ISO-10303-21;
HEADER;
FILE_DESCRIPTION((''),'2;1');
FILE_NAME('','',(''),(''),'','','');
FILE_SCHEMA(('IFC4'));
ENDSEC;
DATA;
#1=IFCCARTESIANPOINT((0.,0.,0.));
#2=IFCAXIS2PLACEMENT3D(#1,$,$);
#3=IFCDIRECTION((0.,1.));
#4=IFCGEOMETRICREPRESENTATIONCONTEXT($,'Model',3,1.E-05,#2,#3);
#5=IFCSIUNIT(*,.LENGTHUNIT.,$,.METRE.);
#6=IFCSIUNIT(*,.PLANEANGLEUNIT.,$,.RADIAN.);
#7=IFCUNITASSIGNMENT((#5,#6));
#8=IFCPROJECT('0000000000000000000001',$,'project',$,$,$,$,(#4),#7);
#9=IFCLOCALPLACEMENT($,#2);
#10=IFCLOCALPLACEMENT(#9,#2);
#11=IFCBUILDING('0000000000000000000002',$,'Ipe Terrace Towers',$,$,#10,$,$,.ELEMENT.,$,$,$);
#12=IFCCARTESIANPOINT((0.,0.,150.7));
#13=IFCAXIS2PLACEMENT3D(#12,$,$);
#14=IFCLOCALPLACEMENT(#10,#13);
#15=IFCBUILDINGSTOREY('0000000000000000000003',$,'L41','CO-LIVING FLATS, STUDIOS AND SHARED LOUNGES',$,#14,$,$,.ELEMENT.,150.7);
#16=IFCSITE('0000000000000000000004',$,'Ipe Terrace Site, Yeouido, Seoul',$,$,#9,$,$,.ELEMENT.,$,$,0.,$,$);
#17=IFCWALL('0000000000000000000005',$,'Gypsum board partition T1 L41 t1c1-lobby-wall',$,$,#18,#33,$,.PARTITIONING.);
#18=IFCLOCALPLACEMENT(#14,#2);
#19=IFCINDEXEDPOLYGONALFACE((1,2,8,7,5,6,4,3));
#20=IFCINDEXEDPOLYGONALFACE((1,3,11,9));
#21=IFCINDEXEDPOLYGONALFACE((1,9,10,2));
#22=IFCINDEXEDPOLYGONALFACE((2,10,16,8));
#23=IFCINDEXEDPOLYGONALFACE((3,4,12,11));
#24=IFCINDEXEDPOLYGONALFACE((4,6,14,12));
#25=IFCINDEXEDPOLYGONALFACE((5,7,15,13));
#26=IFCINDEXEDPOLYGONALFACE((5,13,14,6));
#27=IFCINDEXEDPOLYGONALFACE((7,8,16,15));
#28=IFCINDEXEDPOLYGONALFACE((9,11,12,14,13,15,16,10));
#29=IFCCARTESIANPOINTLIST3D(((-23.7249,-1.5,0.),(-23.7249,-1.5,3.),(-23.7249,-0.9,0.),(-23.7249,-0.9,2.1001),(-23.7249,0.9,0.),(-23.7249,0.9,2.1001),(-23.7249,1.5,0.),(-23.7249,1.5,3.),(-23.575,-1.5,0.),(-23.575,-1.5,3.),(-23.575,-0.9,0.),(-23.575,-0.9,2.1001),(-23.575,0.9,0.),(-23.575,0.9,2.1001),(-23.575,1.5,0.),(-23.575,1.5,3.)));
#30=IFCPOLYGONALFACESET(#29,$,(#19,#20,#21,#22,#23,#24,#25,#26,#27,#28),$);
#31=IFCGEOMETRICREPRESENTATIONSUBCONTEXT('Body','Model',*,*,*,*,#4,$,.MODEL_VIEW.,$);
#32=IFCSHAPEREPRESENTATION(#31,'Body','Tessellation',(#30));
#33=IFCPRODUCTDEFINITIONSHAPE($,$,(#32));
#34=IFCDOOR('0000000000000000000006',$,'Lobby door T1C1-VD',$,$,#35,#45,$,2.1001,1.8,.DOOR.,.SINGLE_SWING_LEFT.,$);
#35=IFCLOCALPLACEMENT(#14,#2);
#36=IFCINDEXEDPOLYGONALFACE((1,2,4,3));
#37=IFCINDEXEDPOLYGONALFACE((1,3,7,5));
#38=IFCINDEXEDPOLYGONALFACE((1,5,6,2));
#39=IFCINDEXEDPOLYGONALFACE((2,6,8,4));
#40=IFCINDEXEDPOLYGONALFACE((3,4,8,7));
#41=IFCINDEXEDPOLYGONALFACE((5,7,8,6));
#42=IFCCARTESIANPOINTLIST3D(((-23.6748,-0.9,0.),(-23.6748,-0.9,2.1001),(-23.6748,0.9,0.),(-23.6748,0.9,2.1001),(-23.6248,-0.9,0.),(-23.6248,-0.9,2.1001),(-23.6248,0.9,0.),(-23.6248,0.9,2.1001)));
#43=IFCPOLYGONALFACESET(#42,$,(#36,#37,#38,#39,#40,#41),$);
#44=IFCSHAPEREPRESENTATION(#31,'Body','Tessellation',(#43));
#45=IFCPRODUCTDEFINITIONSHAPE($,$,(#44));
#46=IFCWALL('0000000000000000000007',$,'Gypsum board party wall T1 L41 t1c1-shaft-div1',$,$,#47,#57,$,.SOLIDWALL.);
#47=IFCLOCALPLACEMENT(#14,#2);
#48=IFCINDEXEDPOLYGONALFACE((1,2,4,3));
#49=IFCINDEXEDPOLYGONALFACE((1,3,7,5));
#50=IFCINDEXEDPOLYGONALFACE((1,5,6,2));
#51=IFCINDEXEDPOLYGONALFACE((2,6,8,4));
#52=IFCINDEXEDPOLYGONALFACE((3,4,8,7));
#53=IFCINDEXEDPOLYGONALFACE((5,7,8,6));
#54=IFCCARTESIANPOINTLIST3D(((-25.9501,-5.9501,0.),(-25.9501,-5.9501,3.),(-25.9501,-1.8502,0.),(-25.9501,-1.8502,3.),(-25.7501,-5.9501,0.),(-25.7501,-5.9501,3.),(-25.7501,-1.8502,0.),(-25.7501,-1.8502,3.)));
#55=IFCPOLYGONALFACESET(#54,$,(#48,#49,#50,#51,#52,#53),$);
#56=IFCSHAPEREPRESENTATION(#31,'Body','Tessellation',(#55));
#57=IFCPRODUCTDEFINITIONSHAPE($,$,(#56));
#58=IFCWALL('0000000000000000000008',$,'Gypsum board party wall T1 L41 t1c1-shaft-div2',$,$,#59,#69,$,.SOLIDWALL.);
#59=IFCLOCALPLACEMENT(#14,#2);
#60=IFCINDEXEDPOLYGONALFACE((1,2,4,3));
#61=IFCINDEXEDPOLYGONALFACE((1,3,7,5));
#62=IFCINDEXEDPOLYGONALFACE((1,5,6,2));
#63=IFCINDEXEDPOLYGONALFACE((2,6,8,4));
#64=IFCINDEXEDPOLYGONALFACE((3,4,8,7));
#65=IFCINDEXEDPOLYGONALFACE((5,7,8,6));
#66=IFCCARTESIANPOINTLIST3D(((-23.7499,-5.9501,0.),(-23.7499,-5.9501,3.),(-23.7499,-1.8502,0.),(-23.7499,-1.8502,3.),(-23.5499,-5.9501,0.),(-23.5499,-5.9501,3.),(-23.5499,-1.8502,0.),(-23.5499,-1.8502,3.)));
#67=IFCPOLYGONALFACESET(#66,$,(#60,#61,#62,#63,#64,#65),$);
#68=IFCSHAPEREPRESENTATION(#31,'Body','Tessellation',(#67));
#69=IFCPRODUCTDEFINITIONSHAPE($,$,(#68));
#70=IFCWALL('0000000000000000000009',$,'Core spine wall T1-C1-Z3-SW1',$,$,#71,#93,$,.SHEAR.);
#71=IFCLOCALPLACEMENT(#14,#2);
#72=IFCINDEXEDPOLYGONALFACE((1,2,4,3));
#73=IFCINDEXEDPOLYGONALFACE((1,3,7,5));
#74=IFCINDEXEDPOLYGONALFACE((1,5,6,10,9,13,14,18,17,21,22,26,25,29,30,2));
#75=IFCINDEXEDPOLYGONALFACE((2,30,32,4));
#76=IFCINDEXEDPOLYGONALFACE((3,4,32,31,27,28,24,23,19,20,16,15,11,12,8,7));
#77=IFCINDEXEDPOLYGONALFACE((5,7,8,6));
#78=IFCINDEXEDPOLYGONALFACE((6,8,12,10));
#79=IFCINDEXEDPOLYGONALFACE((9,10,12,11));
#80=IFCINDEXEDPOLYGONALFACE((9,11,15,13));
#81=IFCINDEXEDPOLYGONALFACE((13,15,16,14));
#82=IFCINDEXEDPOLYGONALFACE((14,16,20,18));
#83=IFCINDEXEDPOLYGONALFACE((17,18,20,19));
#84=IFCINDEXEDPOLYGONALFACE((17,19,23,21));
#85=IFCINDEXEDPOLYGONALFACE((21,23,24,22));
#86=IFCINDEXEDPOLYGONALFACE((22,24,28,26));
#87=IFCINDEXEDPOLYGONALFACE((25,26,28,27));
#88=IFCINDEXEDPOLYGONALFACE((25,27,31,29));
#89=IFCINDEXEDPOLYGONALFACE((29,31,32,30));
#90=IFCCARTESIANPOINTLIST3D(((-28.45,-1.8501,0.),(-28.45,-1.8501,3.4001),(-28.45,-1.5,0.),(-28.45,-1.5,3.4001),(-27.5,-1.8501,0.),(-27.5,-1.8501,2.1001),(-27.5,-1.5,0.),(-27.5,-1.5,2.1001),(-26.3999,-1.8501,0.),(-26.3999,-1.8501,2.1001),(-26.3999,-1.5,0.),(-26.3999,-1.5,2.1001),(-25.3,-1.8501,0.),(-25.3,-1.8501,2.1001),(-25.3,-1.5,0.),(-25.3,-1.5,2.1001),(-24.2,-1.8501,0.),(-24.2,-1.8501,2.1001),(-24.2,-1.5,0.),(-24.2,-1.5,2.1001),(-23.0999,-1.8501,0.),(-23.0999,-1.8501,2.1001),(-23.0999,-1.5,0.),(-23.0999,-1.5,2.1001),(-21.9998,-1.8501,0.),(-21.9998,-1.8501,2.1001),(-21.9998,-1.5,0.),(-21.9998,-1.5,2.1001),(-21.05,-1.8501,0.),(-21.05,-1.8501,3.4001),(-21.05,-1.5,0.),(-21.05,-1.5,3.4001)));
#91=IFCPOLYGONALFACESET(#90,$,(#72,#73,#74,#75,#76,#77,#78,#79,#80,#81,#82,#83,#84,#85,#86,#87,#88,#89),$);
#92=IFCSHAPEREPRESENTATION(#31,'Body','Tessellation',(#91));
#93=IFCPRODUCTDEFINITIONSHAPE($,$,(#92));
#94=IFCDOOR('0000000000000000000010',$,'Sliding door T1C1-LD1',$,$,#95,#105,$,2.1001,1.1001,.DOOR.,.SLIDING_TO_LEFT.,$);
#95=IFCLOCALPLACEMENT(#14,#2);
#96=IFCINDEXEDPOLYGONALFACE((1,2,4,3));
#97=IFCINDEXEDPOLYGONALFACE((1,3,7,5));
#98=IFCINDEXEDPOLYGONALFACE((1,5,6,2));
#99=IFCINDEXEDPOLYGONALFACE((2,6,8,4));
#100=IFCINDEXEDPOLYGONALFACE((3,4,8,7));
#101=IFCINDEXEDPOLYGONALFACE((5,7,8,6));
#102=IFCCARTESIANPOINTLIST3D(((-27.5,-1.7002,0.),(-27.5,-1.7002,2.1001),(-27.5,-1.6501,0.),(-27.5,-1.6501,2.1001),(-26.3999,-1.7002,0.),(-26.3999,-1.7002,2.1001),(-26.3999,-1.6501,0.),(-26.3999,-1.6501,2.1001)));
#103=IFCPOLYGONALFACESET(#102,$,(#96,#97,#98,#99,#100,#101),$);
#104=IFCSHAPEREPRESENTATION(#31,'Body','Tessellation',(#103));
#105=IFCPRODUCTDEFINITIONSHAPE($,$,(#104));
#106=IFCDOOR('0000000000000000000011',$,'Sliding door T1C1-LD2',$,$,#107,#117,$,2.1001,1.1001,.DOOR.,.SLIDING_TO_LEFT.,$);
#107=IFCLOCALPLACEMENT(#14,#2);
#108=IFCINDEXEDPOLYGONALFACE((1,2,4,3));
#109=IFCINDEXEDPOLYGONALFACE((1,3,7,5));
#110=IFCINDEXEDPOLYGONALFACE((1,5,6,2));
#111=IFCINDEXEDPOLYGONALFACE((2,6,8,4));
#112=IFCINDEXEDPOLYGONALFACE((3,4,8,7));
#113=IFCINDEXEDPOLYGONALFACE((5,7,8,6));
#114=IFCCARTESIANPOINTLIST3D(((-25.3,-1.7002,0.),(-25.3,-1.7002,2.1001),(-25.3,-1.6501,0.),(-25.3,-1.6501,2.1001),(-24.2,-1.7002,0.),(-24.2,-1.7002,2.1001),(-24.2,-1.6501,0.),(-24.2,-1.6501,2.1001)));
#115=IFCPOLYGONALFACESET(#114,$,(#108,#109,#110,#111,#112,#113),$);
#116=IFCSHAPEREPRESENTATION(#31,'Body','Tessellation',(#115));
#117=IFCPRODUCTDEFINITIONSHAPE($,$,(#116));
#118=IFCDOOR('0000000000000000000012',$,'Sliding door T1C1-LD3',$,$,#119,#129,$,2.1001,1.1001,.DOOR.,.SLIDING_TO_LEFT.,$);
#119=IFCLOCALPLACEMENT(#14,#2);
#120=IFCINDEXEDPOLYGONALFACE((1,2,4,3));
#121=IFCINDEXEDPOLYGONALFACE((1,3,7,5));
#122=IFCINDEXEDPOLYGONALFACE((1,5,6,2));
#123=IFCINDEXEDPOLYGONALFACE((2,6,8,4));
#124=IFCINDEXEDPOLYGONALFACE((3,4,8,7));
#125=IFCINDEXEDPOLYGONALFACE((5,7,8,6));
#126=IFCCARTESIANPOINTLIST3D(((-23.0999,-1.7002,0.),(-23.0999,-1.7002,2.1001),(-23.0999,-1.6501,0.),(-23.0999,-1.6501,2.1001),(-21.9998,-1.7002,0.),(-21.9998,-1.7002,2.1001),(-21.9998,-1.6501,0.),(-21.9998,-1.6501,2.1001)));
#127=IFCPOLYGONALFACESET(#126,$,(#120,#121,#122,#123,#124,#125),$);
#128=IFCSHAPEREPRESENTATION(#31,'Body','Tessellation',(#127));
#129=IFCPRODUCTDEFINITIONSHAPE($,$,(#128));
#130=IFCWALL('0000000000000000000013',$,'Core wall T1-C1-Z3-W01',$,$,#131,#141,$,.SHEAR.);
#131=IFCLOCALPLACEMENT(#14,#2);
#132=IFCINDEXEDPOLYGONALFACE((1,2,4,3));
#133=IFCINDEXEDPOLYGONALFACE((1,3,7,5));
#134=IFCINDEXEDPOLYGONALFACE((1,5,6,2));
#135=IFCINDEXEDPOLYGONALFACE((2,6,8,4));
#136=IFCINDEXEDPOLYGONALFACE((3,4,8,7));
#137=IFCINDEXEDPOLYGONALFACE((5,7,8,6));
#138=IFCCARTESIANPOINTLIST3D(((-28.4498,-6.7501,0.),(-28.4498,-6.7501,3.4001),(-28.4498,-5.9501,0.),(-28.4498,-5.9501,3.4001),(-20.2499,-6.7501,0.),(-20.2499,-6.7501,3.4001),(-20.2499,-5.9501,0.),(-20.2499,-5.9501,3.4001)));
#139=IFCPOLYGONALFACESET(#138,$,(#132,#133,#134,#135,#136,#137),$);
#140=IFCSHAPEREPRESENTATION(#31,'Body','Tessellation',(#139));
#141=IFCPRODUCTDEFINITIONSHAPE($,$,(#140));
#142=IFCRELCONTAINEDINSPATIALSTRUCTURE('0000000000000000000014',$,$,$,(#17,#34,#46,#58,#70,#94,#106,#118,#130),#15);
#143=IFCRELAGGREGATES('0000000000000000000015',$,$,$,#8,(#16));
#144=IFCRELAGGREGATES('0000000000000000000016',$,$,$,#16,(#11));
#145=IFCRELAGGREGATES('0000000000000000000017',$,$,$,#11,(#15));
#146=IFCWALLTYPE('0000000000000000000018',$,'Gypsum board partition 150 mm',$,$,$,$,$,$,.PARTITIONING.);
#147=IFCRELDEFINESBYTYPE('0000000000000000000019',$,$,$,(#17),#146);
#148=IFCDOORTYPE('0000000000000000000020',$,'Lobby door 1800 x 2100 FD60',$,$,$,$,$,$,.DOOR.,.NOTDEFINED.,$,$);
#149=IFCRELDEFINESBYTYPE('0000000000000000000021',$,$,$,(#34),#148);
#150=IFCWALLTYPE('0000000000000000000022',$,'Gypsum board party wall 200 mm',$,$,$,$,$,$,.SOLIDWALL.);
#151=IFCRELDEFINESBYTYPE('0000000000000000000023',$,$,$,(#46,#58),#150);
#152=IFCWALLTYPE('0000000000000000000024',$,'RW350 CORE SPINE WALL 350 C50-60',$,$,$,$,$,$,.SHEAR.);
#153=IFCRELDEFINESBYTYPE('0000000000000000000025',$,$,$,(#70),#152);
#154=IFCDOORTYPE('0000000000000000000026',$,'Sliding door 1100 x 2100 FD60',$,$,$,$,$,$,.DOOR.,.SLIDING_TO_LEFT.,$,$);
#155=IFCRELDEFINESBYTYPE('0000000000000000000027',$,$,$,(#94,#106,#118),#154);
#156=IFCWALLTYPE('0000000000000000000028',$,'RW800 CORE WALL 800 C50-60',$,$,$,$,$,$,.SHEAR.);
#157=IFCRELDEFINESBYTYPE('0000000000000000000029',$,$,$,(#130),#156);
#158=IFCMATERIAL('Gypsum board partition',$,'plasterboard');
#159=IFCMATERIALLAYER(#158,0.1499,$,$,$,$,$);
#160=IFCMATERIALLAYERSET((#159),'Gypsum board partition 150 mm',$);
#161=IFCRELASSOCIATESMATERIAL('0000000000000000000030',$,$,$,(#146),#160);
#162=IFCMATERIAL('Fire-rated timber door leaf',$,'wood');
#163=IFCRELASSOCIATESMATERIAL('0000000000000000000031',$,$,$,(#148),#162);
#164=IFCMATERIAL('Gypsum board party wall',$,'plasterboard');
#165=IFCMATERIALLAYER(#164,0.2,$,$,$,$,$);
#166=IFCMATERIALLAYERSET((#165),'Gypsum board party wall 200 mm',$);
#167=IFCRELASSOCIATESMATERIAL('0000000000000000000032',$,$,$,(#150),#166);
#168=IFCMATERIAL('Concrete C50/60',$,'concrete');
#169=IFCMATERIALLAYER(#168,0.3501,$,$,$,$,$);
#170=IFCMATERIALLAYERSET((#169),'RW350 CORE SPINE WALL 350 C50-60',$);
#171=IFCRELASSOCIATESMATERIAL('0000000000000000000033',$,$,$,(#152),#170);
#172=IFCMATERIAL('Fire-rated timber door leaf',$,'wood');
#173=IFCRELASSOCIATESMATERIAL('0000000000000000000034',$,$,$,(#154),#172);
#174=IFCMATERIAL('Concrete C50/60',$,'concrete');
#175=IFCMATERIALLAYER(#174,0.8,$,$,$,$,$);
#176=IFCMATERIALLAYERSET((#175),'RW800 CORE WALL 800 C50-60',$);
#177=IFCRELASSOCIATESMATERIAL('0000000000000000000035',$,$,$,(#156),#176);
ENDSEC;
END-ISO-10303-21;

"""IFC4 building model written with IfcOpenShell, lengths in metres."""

from ifc_helpers import new_model, si_unit, direction, frame, frame_2d, origin, place, context, subcontext, project, spatial, rectangle, extrude, material, layer, layer_set, type_object, element, fill, save


model = new_model("IFC4")

# Units and contexts
model_context = context("Model", 3, precision=1e-05, world=origin(), true_north=direction((0.0, 1.0)))
body_context = subcontext(model_context, "Body", "Model", "MODEL_VIEW")
ifc_project = project(units=[si_unit("LENGTHUNIT", "METRE"), si_unit("PLANEANGLEUNIT", "RADIAN")], contexts=[model_context])

# Site, building, storey
site_placement = place(None, origin())
site = spatial("IfcSite", under=ifc_project, at=site_placement, Name="Ipe Terrace Site, Yeouido, Seoul", CompositionType="ELEMENT", RefElevation=0.0)
building_placement = place(site_placement, origin())
building = spatial("IfcBuilding", under=site, at=building_placement, Name="Ipe Terrace Towers", CompositionType="ELEMENT")
storey_placement = place(building_placement, frame((0.0, 0.0, 150.7)))
storey = spatial("IfcBuildingStorey", under=building, at=storey_placement, Name="L41", Description="CO-LIVING FLATS, STUDIOS AND SHARED LOUNGES", CompositionType="ELEMENT", Elevation=150.7)

# Wall, opening, door
ifc_material_1 = material(Name="Gypsum board partition", Category="plasterboard")
ifc_layer_1 = layer(ifc_material_1, 0.1499)
ifc_layer_set_1 = layer_set([ifc_layer_1], Name="Gypsum board partition 150 mm")
wall_type_1 = type_object("IfcWallType", Name="Gypsum board partition 150 mm", PredefinedType="PARTITIONING", material=ifc_layer_set_1)
wall_1_placement = place(storey_placement, frame((-23.6499, -1.5, 0.0), z_axis=(0.0, 0.0, 1.0), x_axis=(0.0, 1.0, 0.0)))
wall_1 = element("IfcWall", 1, at=wall_1_placement, inside=storey, type_object=wall_type_1, Name="Gypsum board partition T1 L41 t1c1-lobby-wall", PredefinedType="PARTITIONING", context=body_context, shape_type="SweptSolid", body=[
    extrude(rectangle(XDim=3.0, YDim=0.1499, at=frame_2d((1.5, 0.0))), origin(), (0.0, 0.0, 1.0), 3.0),
])
opening_1_placement = place(wall_1_placement, frame((0.6001, 0.0, 0.0)))
opening_1 = element("IfcOpeningElement", 2, at=opening_1_placement, cuts=wall_1, PredefinedType="OPENING", context=body_context, shape_type="SweptSolid", body=[
    extrude(rectangle(XDim=1.8, YDim=2.1001, at=frame_2d((0.8999, 1.05))), frame((0.0, 0.085, 0.0), z_axis=(0.0, -1.0, 0.0), x_axis=(1.0, 0.0, 0.0)), (0.0, 0.0, 1.0), 0.1699),
])
ifc_material_2 = material(Name="Fire-rated timber door leaf", Category="wood")
door_type_1 = type_object("IfcDoorType", Name="Lobby door 1800 x 2100 FD60", OperationType="NOTDEFINED", PredefinedType="DOOR", material=ifc_material_2)
door_1_placement = place(opening_1_placement, origin())
door_1 = element("IfcDoor", 3, at=door_1_placement, inside=storey, type_object=door_type_1, Name="Lobby door T1C1-VD", OperationType="SINGLE_SWING_LEFT", OverallHeight=2.1001, OverallWidth=1.8, PredefinedType="DOOR", context=body_context, shape_type="SweptSolid", body=[
    extrude(rectangle(XDim=1.8, YDim=2.1001, at=frame_2d((0.8999, 1.05))), frame((0.0, 0.0249, 0.0), z_axis=(0.0, -1.0, 0.0), x_axis=(1.0, 0.0, 0.0)), (0.0, 0.0, 1.0), 0.05),
])
fill(opening_1, door_1)

# Walls
ifc_material_3 = material(Name="Gypsum board party wall", Category="plasterboard")
ifc_layer_2 = layer(ifc_material_3, 0.2)
ifc_layer_set_2 = layer_set([ifc_layer_2], Name="Gypsum board party wall 200 mm")
wall_type_2 = type_object("IfcWallType", Name="Gypsum board party wall 200 mm", PredefinedType="SOLIDWALL", material=ifc_layer_set_2)
for number, where, z_axis, x_axis, name in (
    (4, (-25.8501, -5.95, 0.0), (0.0, 0.0, 1.0), (0.0, 1.0, 0.0), "Gypsum board party wall T1 L41 t1c1-shaft-div1"),
    (5, (-23.6499, -5.95, 0.0), (0.0, 0.0, 1.0), (0.0, 1.0, 0.0), "Gypsum board party wall T1 L41 t1c1-shaft-div2"),
):
    element("IfcWall", number, at=place(storey_placement, frame(where, z_axis=z_axis, x_axis=x_axis)), inside=storey, type_object=wall_type_2, Name=name, PredefinedType="SOLIDWALL", context=body_context, shape_type="SweptSolid", body=[
        extrude(rectangle(XDim=4.0999, YDim=0.2, at=frame_2d((2.0498, 0.0))), origin(), (0.0, 0.0, 1.0), 3.0),
    ])

# Wall, openings, doors
ifc_material_4 = material(Name="Concrete C50/60", Category="concrete")
ifc_layer_3 = layer(ifc_material_4, 0.3501)
ifc_layer_set_3 = layer_set([ifc_layer_3], Name="RW350 CORE SPINE WALL 350 C50-60")
wall_type_3 = type_object("IfcWallType", Name="RW350 CORE SPINE WALL 350 C50-60", PredefinedType="SHEAR", material=ifc_layer_set_3)
wall_2_placement = place(storey_placement, frame((-28.45, -1.675, 0.0), z_axis=(0.0, 0.0, 1.0), x_axis=(1.0, 0.0, 0.0)))
wall_2 = element("IfcWall", 6, at=wall_2_placement, inside=storey, type_object=wall_type_3, Name="Core spine wall T1-C1-Z3-SW1", PredefinedType="SHEAR", context=body_context, shape_type="SweptSolid", body=[
    extrude(rectangle(XDim=7.3999, YDim=0.3501, at=frame_2d((3.7, 0.0))), origin(), (0.0, 0.0, 1.0), 3.4001),
])
opening_2_placement = place(wall_2_placement, frame((0.95, 0.0, 0.0)))
opening_2 = element("IfcOpeningElement", 7, at=opening_2_placement, cuts=wall_2, PredefinedType="OPENING", context=body_context, shape_type="SweptSolid", body=[
    extrude(rectangle(XDim=1.1001, YDim=2.1001, at=frame_2d((0.55, 1.05))), frame((0.0, 0.1851, 0.0), z_axis=(0.0, -1.0, 0.0), x_axis=(1.0, 0.0, 0.0)), (0.0, 0.0, 1.0), 0.3701),
])
opening_3_placement = place(wall_2_placement, frame((3.1499, 0.0, 0.0)))
opening_3 = element("IfcOpeningElement", 8, at=opening_3_placement, cuts=wall_2, PredefinedType="OPENING", context=body_context, shape_type="SweptSolid", body=[
    extrude(rectangle(XDim=1.1001, YDim=2.1001, at=frame_2d((0.55, 1.05))), frame((0.0, 0.1851, 0.0), z_axis=(0.0, -1.0, 0.0), x_axis=(1.0, 0.0, 0.0)), (0.0, 0.0, 1.0), 0.3701),
])
opening_4_placement = place(wall_2_placement, frame((5.3501, 0.0, 0.0)))
opening_4 = element("IfcOpeningElement", 9, at=opening_4_placement, cuts=wall_2, PredefinedType="OPENING", context=body_context, shape_type="SweptSolid", body=[
    extrude(rectangle(XDim=1.1001, YDim=2.1001, at=frame_2d((0.55, 1.05))), frame((0.0, 0.1851, 0.0), z_axis=(0.0, -1.0, 0.0), x_axis=(1.0, 0.0, 0.0)), (0.0, 0.0, 1.0), 0.3701),
])
ifc_material_5 = material(Name="Fire-rated timber door leaf", Category="wood")
door_type_2 = type_object("IfcDoorType", Name="Sliding door 1100 x 2100 FD60", OperationType="SLIDING_TO_LEFT", PredefinedType="DOOR", material=ifc_material_5)
door_2_placement = place(opening_2_placement, origin())
door_2 = element("IfcDoor", 10, at=door_2_placement, inside=storey, type_object=door_type_2, Name="Sliding door T1C1-LD1", OperationType="SLIDING_TO_LEFT", OverallHeight=2.1001, OverallWidth=1.1001, PredefinedType="DOOR", context=body_context, shape_type="SweptSolid", body=[
    extrude(rectangle(XDim=1.1001, YDim=2.1001, at=frame_2d((0.55, 1.05))), frame((0.0, 0.0249, 0.0), z_axis=(0.0, -1.0, 0.0), x_axis=(1.0, 0.0, 0.0)), (0.0, 0.0, 1.0), 0.05),
])
fill(opening_2, door_2)
door_3_placement = place(opening_3_placement, origin())
door_3 = element("IfcDoor", 11, at=door_3_placement, inside=storey, type_object=door_type_2, Name="Sliding door T1C1-LD2", OperationType="SLIDING_TO_LEFT", OverallHeight=2.1001, OverallWidth=1.1001, PredefinedType="DOOR", context=body_context, shape_type="SweptSolid", body=[
    extrude(rectangle(XDim=1.1001, YDim=2.1001, at=frame_2d((0.55, 1.05))), frame((0.0, 0.0249, 0.0), z_axis=(0.0, -1.0, 0.0), x_axis=(1.0, 0.0, 0.0)), (0.0, 0.0, 1.0), 0.05),
])
fill(opening_3, door_3)
door_4_placement = place(opening_4_placement, origin())
door_4 = element("IfcDoor", 12, at=door_4_placement, inside=storey, type_object=door_type_2, Name="Sliding door T1C1-LD3", OperationType="SLIDING_TO_LEFT", OverallHeight=2.1001, OverallWidth=1.1001, PredefinedType="DOOR", context=body_context, shape_type="SweptSolid", body=[
    extrude(rectangle(XDim=1.1001, YDim=2.1001, at=frame_2d((0.55, 1.05))), frame((0.0, 0.0249, 0.0), z_axis=(0.0, -1.0, 0.0), x_axis=(1.0, 0.0, 0.0)), (0.0, 0.0, 1.0), 0.05),
])
fill(opening_4, door_4)

# Wall
ifc_material_6 = material(Name="Concrete C50/60", Category="concrete")
ifc_layer_4 = layer(ifc_material_6, 0.8)
ifc_layer_set_4 = layer_set([ifc_layer_4], Name="RW800 CORE WALL 800 C50-60")
wall_type_4 = type_object("IfcWallType", Name="RW800 CORE WALL 800 C50-60", PredefinedType="SHEAR", material=ifc_layer_set_4)
wall_3_placement = place(storey_placement, frame((-28.45, -6.3501, 0.0), z_axis=(0.0, 0.0, 1.0), x_axis=(1.0, 0.0, 0.0)))
element("IfcWall", 13, at=wall_3_placement, inside=storey, type_object=wall_type_4, Name="Core wall T1-C1-Z3-W01", PredefinedType="SHEAR", context=body_context, shape_type="SweptSolid", body=[
    extrude(rectangle(XDim=8.2, YDim=0.8, at=frame_2d((4.1001, 0.0))), origin(), (0.0, 0.0, 1.0), 3.4001),
])

save(model, "model.ifc")
